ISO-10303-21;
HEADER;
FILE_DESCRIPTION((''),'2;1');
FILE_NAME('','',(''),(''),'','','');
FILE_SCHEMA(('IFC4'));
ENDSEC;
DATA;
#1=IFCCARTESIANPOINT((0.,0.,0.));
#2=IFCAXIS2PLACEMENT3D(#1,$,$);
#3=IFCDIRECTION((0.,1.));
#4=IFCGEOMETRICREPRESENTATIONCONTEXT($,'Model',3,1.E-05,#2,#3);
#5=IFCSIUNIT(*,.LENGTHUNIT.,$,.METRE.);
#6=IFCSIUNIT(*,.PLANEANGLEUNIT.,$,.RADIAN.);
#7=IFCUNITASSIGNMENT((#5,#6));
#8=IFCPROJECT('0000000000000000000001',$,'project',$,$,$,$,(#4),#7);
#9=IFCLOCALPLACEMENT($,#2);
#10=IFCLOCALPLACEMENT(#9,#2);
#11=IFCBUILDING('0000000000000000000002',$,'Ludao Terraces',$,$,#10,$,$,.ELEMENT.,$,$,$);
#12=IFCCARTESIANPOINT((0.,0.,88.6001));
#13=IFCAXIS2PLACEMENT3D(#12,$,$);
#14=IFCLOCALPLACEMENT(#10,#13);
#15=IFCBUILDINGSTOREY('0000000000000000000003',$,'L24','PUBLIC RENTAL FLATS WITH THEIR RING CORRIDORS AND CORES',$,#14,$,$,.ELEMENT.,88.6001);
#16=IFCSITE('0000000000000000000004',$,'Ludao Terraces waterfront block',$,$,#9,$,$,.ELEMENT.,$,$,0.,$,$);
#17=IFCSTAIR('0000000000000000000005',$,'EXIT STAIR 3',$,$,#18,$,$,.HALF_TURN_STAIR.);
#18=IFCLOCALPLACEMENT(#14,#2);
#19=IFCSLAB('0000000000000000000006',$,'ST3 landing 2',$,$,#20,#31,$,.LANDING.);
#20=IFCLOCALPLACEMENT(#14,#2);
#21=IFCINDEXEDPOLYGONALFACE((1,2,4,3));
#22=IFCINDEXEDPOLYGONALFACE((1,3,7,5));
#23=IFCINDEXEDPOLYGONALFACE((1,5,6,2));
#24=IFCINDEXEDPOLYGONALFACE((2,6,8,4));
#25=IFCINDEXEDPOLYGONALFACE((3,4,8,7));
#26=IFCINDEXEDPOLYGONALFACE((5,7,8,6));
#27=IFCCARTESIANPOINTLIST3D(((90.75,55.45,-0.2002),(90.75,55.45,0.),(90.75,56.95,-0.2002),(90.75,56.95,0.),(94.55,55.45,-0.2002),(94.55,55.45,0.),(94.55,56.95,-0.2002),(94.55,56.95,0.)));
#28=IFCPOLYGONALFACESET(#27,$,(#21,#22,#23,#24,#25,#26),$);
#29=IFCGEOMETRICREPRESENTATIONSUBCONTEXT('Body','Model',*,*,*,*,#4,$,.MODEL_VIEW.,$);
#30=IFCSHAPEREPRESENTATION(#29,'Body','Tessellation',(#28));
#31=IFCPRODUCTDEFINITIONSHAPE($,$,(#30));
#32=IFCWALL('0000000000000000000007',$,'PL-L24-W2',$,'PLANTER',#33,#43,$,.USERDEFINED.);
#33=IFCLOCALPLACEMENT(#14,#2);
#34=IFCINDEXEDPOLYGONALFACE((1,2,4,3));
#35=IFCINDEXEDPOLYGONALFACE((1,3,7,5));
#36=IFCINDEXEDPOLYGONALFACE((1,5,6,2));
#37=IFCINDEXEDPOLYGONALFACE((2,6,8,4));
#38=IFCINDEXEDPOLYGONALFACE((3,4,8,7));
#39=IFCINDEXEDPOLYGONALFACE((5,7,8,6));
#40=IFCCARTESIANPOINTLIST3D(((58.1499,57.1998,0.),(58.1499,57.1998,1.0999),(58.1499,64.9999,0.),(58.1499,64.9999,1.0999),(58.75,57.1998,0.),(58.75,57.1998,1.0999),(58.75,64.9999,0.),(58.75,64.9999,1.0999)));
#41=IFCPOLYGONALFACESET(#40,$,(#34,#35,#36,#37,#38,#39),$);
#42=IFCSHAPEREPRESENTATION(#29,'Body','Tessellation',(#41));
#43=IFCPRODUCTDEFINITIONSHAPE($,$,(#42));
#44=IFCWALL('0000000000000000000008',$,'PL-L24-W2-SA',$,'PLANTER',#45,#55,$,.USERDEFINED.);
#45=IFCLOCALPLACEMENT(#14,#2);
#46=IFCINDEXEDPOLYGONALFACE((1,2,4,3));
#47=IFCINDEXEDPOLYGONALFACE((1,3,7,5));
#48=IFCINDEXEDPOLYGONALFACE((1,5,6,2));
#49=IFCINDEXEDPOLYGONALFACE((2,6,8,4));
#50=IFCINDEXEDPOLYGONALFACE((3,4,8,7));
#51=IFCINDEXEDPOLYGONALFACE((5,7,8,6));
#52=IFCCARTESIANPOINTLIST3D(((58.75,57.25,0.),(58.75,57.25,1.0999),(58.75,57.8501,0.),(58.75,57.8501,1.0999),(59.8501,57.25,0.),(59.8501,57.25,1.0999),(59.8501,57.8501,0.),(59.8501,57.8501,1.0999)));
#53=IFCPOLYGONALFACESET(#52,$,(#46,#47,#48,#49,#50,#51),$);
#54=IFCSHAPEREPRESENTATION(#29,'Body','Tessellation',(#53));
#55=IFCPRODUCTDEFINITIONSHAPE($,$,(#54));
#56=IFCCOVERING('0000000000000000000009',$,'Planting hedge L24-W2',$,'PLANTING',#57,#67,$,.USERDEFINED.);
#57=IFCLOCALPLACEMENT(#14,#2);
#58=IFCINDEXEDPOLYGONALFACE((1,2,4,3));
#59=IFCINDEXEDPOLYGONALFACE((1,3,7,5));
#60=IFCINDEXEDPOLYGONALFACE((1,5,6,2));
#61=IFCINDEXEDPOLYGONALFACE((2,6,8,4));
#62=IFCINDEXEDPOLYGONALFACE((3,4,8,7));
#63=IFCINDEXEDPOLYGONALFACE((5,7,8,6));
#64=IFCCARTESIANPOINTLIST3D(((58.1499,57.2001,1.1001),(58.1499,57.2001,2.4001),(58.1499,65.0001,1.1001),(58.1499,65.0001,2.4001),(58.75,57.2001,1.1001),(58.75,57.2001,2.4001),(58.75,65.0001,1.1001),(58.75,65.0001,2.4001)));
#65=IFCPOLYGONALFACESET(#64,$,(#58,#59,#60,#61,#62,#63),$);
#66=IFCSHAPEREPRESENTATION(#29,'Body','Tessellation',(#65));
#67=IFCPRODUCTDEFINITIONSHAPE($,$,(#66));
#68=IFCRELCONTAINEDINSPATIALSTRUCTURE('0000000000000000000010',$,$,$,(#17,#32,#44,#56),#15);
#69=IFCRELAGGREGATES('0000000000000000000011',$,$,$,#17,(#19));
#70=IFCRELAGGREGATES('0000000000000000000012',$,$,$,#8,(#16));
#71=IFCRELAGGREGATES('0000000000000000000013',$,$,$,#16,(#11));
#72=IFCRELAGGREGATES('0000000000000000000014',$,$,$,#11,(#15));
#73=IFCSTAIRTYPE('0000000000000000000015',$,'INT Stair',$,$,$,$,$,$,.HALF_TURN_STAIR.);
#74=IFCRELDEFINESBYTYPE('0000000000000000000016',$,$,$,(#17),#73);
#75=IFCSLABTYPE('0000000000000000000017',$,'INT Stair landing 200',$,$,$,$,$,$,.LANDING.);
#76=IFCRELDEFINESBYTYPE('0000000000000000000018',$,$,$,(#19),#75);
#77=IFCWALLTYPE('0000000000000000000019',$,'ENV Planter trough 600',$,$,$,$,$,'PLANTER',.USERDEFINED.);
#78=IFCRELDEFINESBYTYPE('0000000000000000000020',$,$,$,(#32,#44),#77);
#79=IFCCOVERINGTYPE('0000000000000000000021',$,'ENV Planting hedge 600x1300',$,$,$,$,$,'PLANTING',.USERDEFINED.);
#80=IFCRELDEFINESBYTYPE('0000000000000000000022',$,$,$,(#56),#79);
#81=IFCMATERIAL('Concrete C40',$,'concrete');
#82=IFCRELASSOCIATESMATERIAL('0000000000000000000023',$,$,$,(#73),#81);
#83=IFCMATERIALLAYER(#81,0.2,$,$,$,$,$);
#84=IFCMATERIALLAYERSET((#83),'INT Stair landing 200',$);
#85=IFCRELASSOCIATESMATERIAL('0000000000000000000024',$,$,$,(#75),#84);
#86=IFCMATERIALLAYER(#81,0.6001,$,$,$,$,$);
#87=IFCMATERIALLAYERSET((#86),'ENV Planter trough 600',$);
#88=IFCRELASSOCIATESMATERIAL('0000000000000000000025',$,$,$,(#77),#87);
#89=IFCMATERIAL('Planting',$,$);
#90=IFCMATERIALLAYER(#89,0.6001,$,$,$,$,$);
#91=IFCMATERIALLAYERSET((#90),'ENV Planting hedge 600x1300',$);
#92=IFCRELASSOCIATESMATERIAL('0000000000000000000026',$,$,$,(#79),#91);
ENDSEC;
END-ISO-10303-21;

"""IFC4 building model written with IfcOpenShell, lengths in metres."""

from ifc_helpers import new_model, si_unit, direction, frame, frame_2d, origin, origin_2d, place, context, subcontext, project, spatial, polyline, rectangle, outline, extrude, material, layer, layer_set, type_object, element, aggregate, save


model = new_model("IFC4")

# Units and contexts
model_context = context("Model", 3, precision=1e-05, world=origin(), true_north=direction((0.0, 1.0)))
body_context = subcontext(model_context, "Body", "Model", "MODEL_VIEW")
ifc_project = project(units=[si_unit("LENGTHUNIT", "METRE"), si_unit("PLANEANGLEUNIT", "RADIAN")], contexts=[model_context])

# Site, building, storey
site_placement = place(None, origin())
site = spatial("IfcSite", under=ifc_project, at=site_placement, Name="Ludao Terraces waterfront block", CompositionType="ELEMENT", RefElevation=0.0)
building_placement = place(site_placement, origin())
building = spatial("IfcBuilding", under=site, at=building_placement, Name="Ludao Terraces", CompositionType="ELEMENT")
storey_placement = place(building_placement, frame((0.0, 0.0, 88.6001)))
storey = spatial("IfcBuildingStorey", under=building, at=storey_placement, Name="L24", Description="PUBLIC RENTAL FLATS WITH THEIR RING CORRIDORS AND CORES", CompositionType="ELEMENT", Elevation=88.6001)

# Shared definitions
ifc_material_1 = material(Name="Concrete C40", Category="concrete")

# Stair, slab
stair_type = type_object("IfcStairType", Name="INT Stair", PredefinedType="HALF_TURN_STAIR", material=ifc_material_1)
ifc_layer_1 = layer(ifc_material_1, 0.2)
ifc_layer_set_1 = layer_set([ifc_layer_1], Name="INT Stair landing 200")
slab_type_1 = type_object("IfcSlabType", Name="INT Stair landing 200", PredefinedType="LANDING", material=ifc_layer_set_1)
stair_1_placement = place(storey_placement, origin())
stair_1 = element("IfcStair", 1, at=stair_1_placement, inside=storey, type_object=stair_type, Name="EXIT STAIR 3", PredefinedType="HALF_TURN_STAIR")
slab_1_placement = place(storey_placement, frame((0.0, 0.0, -0.2002)))
slab_1 = element("IfcSlab", 2, at=slab_1_placement, type_object=slab_type_1, Name="ST3 landing 2", PredefinedType="LANDING", context=body_context, shape_type="SweptSolid", body=[
    extrude(outline(polyline([(90.75, 55.45), (94.55, 55.45), (94.55, 56.95), (90.75, 56.95), (90.75, 55.45)])), origin(), (0.0, 0.0, 1.0), 0.2002),
])
aggregate(stair_1, [slab_1])

# Walls
ifc_layer_2 = layer(ifc_material_1, 0.6001)
ifc_layer_set_2 = layer_set([ifc_layer_2], Name="ENV Planter trough 600")
wall_type = type_object("IfcWallType", Name="ENV Planter trough 600", ElementType="PLANTER", PredefinedType="USERDEFINED", material=ifc_layer_set_2)
wall_1_placement = place(storey_placement, frame((58.45, 57.2, 0.0), z_axis=(0.0, 0.0, 1.0), x_axis=(0.0, 1.0, 0.0)))
element("IfcWall", 3, at=wall_1_placement, inside=storey, type_object=wall_type, Name="PL-L24-W2", ObjectType="PLANTER", PredefinedType="USERDEFINED", context=body_context, shape_type="SweptSolid", body=[
    extrude(rectangle(XDim=7.8, YDim=0.6001, at=frame_2d((3.8999, 0.0))), origin(), (0.0, 0.0, 1.0), 1.0999),
])
wall_2_placement = place(storey_placement, frame((58.75, 57.55, 0.0), z_axis=(0.0, 0.0, 1.0), x_axis=(1.0, 0.0, 0.0)))
element("IfcWall", 4, at=wall_2_placement, inside=storey, type_object=wall_type, Name="PL-L24-W2-SA", ObjectType="PLANTER", PredefinedType="USERDEFINED", context=body_context, shape_type="SweptSolid", body=[
    extrude(rectangle(XDim=1.1001, YDim=0.6001, at=frame_2d((0.55, 0.0))), origin(), (0.0, 0.0, 1.0), 1.0999),
])

# Covering
ifc_material_2 = material(Name="Planting")
ifc_layer_3 = layer(ifc_material_2, 0.6001)
ifc_layer_set_3 = layer_set([ifc_layer_3], Name="ENV Planting hedge 600x1300")
covering_type = type_object("IfcCoveringType", Name="ENV Planting hedge 600x1300", ElementType="PLANTING", PredefinedType="USERDEFINED", material=ifc_layer_set_3)
covering_placement = place(storey_placement, frame((58.45, 61.1001, 1.1001), z_axis=(0.0, 0.0, 1.0), x_axis=(1.0, 0.0, 0.0)))
element("IfcCovering", 5, at=covering_placement, inside=storey, type_object=covering_type, Name="Planting hedge L24-W2", ObjectType="PLANTING", PredefinedType="USERDEFINED", context=body_context, shape_type="SweptSolid", body=[
    extrude(rectangle(XDim=0.6001, YDim=7.8, at=origin_2d()), origin(), (0.0, 0.0, 1.0), 1.3),
])

save(model, "model.ifc")
